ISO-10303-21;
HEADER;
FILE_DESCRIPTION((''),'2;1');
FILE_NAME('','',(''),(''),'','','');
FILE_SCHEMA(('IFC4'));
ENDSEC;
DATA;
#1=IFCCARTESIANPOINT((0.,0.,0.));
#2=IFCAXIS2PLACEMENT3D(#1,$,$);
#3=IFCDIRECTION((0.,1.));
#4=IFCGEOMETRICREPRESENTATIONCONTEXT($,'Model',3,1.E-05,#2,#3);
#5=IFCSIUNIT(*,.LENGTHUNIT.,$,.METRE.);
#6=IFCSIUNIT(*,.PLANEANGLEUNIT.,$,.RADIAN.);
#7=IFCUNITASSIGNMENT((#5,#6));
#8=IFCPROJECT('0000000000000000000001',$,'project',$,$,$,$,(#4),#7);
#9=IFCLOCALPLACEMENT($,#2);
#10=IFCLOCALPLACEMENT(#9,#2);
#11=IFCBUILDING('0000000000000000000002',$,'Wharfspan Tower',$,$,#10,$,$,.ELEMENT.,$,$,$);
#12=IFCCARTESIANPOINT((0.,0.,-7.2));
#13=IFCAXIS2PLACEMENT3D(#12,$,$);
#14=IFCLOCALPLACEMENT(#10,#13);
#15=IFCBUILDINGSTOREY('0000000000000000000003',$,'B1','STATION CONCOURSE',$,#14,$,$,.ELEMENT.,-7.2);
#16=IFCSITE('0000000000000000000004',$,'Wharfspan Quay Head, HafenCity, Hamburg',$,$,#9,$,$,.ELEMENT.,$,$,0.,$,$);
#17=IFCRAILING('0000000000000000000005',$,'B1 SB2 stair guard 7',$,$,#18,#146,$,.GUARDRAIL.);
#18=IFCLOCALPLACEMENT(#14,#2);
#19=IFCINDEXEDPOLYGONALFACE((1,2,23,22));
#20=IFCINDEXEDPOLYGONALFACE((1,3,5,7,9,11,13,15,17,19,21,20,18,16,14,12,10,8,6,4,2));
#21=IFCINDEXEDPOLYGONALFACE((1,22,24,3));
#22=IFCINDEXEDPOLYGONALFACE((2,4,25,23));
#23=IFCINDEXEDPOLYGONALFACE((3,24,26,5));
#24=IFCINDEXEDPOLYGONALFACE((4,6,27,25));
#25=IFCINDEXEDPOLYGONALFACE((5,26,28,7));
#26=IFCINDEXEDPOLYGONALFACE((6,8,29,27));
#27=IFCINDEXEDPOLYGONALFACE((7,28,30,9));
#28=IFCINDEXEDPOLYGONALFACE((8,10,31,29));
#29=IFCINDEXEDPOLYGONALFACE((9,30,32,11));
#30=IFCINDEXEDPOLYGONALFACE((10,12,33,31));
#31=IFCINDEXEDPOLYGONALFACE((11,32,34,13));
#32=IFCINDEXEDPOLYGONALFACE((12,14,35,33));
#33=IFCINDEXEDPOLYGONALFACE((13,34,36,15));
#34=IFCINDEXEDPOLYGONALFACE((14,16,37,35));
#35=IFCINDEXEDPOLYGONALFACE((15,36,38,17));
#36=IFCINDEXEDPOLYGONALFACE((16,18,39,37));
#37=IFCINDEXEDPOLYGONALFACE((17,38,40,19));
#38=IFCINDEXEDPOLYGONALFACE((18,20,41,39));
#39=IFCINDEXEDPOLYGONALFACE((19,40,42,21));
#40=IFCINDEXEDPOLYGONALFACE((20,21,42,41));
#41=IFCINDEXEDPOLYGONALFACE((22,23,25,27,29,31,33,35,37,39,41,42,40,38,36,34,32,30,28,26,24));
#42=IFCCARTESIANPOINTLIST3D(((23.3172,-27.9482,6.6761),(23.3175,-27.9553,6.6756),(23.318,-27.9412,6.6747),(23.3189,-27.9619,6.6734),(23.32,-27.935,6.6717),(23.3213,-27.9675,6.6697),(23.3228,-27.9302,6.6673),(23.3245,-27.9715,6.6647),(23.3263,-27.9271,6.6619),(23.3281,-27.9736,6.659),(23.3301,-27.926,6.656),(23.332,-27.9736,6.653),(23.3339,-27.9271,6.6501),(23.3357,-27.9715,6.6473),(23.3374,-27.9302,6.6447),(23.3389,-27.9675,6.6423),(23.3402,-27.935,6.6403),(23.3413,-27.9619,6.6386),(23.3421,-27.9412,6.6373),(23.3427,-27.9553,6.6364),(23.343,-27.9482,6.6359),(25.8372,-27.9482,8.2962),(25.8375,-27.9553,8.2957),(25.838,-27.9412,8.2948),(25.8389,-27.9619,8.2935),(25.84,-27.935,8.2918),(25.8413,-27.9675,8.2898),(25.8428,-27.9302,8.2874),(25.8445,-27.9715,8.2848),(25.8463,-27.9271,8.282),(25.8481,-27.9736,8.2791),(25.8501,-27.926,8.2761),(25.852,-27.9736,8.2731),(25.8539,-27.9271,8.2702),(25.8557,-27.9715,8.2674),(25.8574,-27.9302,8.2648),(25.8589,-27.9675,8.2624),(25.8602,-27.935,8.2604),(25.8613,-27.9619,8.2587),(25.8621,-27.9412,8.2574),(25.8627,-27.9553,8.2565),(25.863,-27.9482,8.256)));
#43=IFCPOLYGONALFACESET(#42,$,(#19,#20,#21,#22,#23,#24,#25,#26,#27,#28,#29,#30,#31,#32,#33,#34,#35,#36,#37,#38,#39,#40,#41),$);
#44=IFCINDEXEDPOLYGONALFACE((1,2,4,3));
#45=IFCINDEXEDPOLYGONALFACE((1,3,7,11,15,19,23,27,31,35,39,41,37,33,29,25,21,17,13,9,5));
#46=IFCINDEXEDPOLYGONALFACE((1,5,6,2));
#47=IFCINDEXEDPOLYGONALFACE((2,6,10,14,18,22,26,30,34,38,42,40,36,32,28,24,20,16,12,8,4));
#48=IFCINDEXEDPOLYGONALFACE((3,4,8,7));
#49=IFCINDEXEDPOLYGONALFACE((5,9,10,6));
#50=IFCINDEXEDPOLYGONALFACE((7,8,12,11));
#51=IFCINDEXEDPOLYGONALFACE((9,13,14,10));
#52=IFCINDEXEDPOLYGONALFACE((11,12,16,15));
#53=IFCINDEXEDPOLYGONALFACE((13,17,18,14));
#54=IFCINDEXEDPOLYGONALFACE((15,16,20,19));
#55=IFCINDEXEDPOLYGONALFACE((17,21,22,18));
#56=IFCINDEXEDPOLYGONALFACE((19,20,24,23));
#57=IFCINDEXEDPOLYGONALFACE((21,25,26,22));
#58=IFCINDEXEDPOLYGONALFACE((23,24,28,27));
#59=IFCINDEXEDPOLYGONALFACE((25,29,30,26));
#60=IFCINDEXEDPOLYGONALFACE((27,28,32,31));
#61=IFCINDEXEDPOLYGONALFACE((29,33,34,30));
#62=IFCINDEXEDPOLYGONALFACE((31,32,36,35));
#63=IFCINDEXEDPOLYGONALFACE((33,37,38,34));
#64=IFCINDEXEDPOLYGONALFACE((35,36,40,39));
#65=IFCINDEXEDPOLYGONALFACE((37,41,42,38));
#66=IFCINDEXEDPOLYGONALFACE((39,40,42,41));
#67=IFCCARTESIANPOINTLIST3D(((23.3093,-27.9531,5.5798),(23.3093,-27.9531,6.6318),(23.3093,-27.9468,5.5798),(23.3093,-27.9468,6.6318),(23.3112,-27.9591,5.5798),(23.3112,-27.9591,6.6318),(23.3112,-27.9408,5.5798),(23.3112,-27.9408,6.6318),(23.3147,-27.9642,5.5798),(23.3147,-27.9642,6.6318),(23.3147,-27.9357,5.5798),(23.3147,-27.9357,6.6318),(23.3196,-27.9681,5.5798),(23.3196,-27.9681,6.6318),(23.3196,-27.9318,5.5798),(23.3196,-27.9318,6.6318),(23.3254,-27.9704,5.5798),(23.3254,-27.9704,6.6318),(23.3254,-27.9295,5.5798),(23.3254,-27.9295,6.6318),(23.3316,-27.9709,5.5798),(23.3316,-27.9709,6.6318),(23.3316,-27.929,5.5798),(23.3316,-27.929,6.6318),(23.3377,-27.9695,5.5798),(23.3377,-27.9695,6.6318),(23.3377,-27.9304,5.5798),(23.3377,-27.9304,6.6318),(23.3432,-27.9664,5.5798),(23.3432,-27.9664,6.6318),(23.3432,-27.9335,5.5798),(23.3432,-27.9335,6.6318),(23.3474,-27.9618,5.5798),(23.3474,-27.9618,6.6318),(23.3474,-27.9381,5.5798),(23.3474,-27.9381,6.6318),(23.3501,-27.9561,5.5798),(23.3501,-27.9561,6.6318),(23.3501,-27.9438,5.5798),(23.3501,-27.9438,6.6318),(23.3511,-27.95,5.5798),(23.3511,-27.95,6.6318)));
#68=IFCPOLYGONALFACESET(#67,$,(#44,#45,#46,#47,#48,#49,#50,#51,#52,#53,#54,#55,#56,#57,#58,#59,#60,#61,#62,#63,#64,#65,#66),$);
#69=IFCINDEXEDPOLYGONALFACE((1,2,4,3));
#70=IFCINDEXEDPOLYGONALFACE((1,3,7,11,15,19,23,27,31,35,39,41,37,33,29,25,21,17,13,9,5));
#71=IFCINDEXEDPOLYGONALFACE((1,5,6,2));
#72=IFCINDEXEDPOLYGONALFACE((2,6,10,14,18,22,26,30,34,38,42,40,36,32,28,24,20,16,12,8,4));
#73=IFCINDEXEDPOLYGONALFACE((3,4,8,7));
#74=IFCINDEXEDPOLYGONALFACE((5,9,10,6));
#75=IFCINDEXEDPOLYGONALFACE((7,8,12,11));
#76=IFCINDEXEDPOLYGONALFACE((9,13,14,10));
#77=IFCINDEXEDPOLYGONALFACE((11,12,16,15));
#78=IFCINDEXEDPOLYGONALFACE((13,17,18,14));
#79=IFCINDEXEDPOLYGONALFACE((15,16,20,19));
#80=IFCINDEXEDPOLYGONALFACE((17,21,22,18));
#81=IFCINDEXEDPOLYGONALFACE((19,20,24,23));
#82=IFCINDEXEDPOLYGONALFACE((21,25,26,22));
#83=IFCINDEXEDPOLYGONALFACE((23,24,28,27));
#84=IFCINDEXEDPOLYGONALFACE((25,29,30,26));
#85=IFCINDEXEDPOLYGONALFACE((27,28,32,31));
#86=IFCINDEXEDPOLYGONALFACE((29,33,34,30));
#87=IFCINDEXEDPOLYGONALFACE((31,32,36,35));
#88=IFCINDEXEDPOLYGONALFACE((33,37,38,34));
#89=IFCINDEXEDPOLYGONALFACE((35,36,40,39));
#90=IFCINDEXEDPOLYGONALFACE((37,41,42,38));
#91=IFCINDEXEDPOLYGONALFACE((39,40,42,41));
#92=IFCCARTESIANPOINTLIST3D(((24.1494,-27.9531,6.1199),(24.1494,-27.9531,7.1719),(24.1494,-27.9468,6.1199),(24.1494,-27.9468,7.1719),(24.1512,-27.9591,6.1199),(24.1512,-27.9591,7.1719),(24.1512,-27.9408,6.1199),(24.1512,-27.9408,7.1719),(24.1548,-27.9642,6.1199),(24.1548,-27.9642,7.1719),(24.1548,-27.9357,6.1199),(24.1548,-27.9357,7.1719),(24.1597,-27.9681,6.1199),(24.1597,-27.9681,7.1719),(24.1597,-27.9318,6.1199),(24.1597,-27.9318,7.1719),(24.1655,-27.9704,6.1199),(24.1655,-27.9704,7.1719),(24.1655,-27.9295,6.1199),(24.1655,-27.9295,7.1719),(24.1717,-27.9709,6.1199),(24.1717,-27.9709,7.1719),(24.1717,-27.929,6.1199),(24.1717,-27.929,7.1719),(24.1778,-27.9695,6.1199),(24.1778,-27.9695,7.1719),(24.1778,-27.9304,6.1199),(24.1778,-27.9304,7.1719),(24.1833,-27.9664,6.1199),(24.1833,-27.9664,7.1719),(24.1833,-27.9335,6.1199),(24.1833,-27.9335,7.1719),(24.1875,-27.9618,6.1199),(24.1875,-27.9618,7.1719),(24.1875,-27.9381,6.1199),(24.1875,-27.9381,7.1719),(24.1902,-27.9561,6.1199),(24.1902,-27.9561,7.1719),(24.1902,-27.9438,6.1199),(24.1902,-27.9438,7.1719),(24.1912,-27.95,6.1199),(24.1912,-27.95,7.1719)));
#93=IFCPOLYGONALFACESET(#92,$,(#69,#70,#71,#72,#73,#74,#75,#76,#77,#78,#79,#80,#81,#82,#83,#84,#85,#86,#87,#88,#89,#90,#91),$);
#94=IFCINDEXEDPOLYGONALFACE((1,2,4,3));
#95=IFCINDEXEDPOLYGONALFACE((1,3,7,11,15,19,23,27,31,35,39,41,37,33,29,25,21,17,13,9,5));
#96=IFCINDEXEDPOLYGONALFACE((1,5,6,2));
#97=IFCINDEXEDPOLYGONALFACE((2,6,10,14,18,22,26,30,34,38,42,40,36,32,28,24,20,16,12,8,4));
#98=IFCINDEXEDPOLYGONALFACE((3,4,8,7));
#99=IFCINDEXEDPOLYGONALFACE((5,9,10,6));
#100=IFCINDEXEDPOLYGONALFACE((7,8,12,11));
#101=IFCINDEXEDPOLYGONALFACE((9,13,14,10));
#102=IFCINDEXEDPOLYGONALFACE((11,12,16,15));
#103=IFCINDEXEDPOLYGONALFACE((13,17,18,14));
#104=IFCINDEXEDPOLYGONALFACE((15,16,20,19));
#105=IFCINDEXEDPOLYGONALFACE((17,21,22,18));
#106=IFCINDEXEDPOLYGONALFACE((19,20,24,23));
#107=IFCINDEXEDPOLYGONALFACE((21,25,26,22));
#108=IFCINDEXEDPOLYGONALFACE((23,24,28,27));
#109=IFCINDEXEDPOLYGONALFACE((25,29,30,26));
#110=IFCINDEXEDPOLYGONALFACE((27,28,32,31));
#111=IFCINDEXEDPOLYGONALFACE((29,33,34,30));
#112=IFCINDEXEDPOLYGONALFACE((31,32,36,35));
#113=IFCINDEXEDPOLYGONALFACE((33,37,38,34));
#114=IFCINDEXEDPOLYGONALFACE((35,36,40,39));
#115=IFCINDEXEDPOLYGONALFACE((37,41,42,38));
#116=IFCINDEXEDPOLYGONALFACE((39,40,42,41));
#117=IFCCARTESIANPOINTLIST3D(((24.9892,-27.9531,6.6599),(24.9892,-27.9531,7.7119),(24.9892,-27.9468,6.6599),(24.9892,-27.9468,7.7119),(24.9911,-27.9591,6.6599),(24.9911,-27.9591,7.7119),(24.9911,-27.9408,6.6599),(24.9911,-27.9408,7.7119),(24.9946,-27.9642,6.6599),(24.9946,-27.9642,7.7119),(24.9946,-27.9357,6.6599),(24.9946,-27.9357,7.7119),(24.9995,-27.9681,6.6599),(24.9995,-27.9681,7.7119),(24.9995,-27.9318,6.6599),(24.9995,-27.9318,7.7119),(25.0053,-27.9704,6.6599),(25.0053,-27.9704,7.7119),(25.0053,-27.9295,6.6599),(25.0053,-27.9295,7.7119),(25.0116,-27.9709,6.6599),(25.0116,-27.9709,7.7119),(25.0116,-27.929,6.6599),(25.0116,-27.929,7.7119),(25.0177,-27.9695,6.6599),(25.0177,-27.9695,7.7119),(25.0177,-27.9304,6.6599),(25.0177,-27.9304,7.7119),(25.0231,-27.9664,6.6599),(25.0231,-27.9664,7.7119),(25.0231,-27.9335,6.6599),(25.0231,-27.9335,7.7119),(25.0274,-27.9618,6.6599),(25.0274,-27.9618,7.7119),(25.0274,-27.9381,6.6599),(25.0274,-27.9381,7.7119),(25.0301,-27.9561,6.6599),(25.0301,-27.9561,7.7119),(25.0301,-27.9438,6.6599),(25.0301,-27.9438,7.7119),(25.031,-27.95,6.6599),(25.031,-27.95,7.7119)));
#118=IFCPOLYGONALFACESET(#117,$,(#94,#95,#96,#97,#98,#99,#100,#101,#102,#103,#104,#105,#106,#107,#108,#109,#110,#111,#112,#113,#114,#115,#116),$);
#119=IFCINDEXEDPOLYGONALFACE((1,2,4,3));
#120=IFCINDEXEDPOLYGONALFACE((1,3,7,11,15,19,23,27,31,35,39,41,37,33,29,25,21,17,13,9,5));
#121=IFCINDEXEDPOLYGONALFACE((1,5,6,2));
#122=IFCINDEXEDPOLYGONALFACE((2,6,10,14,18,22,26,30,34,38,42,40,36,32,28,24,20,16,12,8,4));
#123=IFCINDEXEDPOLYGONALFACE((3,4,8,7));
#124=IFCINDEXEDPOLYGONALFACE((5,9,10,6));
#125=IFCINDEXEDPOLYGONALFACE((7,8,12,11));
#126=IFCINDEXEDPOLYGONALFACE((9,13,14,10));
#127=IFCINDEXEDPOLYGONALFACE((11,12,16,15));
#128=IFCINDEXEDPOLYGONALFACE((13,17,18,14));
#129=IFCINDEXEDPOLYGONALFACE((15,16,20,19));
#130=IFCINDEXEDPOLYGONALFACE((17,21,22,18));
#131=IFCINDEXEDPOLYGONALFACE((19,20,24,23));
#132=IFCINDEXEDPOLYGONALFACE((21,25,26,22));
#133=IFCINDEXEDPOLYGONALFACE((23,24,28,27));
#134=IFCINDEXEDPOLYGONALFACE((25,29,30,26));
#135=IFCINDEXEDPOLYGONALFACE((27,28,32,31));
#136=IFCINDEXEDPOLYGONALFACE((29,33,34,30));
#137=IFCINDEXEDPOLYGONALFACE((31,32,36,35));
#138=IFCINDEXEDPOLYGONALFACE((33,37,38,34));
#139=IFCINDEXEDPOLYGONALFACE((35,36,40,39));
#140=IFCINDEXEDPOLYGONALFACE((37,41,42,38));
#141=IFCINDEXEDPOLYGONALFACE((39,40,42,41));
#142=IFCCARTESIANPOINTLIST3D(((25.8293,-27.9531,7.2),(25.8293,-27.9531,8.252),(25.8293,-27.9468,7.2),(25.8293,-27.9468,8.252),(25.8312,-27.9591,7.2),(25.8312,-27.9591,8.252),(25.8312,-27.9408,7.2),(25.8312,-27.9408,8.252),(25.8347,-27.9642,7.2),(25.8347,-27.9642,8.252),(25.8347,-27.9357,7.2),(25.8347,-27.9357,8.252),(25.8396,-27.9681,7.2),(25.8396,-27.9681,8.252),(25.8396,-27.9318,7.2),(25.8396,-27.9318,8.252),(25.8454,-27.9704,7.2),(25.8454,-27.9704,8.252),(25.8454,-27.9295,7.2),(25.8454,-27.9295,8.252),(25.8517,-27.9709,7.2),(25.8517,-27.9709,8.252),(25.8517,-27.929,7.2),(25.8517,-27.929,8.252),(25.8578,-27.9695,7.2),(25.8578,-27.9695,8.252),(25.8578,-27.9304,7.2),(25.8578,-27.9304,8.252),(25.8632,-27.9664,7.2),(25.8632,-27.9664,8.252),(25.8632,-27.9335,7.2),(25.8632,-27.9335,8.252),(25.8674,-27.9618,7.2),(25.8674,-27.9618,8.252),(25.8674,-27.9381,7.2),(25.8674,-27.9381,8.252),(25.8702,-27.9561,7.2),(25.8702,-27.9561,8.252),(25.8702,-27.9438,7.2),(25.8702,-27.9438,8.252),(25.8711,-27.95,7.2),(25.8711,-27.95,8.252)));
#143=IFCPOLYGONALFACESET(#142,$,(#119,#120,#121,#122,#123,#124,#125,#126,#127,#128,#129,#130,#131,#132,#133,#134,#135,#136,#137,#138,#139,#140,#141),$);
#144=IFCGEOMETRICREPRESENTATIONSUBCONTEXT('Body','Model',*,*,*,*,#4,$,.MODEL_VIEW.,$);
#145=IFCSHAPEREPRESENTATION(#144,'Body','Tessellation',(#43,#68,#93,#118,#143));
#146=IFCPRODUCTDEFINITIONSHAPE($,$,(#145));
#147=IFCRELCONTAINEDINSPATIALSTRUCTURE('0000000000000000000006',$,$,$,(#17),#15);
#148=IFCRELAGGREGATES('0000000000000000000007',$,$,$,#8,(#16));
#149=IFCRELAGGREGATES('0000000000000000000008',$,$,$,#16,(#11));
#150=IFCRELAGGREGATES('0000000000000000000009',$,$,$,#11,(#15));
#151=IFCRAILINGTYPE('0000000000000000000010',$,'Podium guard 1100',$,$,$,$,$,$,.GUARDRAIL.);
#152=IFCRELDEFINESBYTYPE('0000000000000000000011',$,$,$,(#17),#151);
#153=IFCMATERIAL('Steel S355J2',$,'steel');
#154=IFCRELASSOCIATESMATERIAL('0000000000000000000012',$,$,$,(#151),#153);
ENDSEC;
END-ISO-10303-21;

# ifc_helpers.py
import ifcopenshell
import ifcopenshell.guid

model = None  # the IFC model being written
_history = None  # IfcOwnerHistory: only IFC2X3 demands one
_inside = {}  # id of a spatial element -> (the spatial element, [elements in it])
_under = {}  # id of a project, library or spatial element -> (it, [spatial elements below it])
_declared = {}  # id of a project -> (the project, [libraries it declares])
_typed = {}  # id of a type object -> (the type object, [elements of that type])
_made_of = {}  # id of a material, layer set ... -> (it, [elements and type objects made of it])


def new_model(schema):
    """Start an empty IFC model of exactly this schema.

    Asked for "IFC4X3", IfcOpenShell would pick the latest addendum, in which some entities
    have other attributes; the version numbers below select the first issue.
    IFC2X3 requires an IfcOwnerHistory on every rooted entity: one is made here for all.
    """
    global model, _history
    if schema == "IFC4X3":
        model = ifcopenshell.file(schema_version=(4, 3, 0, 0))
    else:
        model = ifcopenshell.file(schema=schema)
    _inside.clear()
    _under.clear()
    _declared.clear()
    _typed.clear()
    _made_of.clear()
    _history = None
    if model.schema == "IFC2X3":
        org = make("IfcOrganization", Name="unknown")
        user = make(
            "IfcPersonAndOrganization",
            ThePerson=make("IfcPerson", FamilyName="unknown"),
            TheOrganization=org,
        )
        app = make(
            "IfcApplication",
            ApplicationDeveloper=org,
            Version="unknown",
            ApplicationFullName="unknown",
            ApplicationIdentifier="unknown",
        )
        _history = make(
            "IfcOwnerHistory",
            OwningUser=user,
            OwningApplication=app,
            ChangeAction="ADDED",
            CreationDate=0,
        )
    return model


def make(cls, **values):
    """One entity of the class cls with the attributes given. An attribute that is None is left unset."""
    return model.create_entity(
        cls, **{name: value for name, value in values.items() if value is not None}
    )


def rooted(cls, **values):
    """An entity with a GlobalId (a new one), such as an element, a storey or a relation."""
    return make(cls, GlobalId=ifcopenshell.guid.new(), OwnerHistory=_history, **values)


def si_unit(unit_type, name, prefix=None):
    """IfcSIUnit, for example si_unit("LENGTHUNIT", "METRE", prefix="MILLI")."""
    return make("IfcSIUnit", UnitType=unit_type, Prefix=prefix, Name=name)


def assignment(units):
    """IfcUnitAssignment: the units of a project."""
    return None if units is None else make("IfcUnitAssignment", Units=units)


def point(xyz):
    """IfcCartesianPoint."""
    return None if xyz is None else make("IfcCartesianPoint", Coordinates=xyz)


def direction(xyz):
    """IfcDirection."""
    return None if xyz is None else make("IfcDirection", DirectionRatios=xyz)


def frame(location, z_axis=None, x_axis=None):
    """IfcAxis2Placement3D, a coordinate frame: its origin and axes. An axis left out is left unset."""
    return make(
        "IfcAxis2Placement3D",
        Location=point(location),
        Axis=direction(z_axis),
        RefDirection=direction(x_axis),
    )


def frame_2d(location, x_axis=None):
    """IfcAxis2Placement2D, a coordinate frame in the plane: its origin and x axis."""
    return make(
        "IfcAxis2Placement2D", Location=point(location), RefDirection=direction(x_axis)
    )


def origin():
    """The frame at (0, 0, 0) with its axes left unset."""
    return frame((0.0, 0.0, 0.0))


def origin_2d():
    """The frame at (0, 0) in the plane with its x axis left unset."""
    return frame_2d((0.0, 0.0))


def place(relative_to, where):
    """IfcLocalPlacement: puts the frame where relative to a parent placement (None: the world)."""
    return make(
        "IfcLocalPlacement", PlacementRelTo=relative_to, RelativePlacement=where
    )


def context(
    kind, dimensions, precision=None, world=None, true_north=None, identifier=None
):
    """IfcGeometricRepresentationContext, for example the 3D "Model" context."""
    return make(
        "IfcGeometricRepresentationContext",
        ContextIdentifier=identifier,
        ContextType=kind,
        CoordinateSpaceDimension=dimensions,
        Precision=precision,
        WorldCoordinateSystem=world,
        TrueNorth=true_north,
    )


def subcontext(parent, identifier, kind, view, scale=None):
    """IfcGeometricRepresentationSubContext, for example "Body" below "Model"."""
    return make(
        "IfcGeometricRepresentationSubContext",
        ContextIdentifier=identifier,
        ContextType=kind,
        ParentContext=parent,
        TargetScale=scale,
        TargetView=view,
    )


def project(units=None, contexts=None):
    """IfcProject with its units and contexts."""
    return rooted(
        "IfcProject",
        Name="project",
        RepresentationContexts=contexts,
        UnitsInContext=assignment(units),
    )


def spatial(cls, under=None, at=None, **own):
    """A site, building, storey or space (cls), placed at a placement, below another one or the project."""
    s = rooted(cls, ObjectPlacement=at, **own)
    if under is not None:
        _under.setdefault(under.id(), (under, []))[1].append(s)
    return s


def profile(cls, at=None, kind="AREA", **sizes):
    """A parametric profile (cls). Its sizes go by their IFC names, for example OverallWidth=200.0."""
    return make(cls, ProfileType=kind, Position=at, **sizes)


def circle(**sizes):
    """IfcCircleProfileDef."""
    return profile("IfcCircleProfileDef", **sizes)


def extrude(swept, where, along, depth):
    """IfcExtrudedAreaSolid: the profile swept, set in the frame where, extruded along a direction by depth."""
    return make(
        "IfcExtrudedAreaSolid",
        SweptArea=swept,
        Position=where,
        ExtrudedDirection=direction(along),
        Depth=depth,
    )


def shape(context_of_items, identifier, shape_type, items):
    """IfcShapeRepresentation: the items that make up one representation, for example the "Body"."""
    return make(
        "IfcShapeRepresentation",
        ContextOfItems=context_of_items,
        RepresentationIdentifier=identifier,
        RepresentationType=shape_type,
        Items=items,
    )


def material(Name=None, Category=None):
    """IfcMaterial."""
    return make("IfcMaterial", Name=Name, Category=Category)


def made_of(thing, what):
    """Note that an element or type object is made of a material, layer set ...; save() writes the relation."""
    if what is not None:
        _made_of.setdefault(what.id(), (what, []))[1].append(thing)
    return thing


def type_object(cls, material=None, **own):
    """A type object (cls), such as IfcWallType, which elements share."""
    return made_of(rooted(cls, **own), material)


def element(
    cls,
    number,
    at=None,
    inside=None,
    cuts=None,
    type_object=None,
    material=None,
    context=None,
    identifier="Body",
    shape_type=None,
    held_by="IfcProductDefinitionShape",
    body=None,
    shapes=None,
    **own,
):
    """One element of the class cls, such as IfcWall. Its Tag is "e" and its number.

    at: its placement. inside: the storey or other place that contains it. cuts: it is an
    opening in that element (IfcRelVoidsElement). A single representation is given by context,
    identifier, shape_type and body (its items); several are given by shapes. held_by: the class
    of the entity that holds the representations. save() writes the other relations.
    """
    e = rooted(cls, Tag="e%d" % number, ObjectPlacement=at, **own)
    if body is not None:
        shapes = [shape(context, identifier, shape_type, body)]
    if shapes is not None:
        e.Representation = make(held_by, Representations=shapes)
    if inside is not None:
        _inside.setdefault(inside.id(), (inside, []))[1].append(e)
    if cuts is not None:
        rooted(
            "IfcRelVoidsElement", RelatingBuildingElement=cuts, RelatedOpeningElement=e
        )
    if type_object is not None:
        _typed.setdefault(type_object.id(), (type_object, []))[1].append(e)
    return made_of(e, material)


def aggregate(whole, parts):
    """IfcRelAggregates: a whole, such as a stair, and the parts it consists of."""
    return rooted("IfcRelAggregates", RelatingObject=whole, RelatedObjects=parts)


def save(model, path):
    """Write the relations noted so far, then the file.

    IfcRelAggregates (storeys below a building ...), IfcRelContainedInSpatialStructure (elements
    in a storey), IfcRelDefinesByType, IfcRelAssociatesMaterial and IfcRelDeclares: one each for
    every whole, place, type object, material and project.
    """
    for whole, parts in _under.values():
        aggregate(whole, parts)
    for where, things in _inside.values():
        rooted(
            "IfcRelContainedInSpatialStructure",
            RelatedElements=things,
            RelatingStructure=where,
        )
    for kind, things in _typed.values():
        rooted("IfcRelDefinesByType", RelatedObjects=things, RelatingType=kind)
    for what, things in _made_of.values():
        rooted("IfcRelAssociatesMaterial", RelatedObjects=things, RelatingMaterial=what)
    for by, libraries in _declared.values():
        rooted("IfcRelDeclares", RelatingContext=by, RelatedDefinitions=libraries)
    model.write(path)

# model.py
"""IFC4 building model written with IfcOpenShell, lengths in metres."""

from ifc_helpers import new_model, si_unit, direction, frame, origin, origin_2d, place, context, subcontext, project, spatial, circle, extrude, material, type_object, element, save


model = new_model("IFC4")

# Units and contexts
model_context = context("Model", 3, precision=1e-05, world=origin(), true_north=direction((0.0, 1.0)))
body_context = subcontext(model_context, "Body", "Model", "MODEL_VIEW")
ifc_project = project(units=[si_unit("LENGTHUNIT", "METRE"), si_unit("PLANEANGLEUNIT", "RADIAN")], contexts=[model_context])

# Site, building, storey
site_placement = place(None, origin())
site = spatial("IfcSite", under=ifc_project, at=site_placement, Name="Wharfspan Quay Head, HafenCity, Hamburg", CompositionType="ELEMENT", RefElevation=0.0)
building_placement = place(site_placement, origin())
building = spatial("IfcBuilding", under=site, at=building_placement, Name="Wharfspan Tower", CompositionType="ELEMENT")
storey_placement = place(building_placement, frame((0.0, 0.0, -7.2)))
storey = spatial("IfcBuildingStorey", under=building, at=storey_placement, Name="B1", Description="STATION CONCOURSE", CompositionType="ELEMENT", Elevation=-7.2)

# Railing
ifc_material_1 = material(Name="Steel S355J2", Category="steel")
railing_type_1 = type_object("IfcRailingType", Name="Podium guard 1100", PredefinedType="GUARDRAIL", material=ifc_material_1)
railing_1_placement = place(storey_placement, frame((23.3301, -27.95, 5.5798)))
element("IfcRailing", 1, at=railing_1_placement, inside=storey, type_object=railing_type_1, Name="B1 SB2 stair guard 7", PredefinedType="GUARDRAIL", context=body_context, shape_type="SweptSolid", body=[
    extrude(circle(Radius=0.0239, at=origin_2d()), frame((0.0, 0.0, 1.0762), z_axis=(0.841163, 0.0, 0.540782), x_axis=(0.0, 1.0, 0.0)), (0.0, 0.0, 1.0), 2.9958),
    extrude(circle(Radius=0.021, at=origin_2d()), origin(), (0.0, 0.0, 1.0), 1.052),
    extrude(circle(Radius=0.021, at=origin_2d()), frame((0.8401, 0.0, 0.54)), (0.0, 0.0, 1.0), 1.052),
    extrude(circle(Radius=0.021, at=origin_2d()), frame((1.6799, 0.0, 1.0801)), (0.0, 0.0, 1.0), 1.052),
    extrude(circle(Radius=0.021, at=origin_2d()), frame((2.52, 0.0, 1.6201)), (0.0, 0.0, 1.0), 1.052),
])

save(model, "model.ifc")
